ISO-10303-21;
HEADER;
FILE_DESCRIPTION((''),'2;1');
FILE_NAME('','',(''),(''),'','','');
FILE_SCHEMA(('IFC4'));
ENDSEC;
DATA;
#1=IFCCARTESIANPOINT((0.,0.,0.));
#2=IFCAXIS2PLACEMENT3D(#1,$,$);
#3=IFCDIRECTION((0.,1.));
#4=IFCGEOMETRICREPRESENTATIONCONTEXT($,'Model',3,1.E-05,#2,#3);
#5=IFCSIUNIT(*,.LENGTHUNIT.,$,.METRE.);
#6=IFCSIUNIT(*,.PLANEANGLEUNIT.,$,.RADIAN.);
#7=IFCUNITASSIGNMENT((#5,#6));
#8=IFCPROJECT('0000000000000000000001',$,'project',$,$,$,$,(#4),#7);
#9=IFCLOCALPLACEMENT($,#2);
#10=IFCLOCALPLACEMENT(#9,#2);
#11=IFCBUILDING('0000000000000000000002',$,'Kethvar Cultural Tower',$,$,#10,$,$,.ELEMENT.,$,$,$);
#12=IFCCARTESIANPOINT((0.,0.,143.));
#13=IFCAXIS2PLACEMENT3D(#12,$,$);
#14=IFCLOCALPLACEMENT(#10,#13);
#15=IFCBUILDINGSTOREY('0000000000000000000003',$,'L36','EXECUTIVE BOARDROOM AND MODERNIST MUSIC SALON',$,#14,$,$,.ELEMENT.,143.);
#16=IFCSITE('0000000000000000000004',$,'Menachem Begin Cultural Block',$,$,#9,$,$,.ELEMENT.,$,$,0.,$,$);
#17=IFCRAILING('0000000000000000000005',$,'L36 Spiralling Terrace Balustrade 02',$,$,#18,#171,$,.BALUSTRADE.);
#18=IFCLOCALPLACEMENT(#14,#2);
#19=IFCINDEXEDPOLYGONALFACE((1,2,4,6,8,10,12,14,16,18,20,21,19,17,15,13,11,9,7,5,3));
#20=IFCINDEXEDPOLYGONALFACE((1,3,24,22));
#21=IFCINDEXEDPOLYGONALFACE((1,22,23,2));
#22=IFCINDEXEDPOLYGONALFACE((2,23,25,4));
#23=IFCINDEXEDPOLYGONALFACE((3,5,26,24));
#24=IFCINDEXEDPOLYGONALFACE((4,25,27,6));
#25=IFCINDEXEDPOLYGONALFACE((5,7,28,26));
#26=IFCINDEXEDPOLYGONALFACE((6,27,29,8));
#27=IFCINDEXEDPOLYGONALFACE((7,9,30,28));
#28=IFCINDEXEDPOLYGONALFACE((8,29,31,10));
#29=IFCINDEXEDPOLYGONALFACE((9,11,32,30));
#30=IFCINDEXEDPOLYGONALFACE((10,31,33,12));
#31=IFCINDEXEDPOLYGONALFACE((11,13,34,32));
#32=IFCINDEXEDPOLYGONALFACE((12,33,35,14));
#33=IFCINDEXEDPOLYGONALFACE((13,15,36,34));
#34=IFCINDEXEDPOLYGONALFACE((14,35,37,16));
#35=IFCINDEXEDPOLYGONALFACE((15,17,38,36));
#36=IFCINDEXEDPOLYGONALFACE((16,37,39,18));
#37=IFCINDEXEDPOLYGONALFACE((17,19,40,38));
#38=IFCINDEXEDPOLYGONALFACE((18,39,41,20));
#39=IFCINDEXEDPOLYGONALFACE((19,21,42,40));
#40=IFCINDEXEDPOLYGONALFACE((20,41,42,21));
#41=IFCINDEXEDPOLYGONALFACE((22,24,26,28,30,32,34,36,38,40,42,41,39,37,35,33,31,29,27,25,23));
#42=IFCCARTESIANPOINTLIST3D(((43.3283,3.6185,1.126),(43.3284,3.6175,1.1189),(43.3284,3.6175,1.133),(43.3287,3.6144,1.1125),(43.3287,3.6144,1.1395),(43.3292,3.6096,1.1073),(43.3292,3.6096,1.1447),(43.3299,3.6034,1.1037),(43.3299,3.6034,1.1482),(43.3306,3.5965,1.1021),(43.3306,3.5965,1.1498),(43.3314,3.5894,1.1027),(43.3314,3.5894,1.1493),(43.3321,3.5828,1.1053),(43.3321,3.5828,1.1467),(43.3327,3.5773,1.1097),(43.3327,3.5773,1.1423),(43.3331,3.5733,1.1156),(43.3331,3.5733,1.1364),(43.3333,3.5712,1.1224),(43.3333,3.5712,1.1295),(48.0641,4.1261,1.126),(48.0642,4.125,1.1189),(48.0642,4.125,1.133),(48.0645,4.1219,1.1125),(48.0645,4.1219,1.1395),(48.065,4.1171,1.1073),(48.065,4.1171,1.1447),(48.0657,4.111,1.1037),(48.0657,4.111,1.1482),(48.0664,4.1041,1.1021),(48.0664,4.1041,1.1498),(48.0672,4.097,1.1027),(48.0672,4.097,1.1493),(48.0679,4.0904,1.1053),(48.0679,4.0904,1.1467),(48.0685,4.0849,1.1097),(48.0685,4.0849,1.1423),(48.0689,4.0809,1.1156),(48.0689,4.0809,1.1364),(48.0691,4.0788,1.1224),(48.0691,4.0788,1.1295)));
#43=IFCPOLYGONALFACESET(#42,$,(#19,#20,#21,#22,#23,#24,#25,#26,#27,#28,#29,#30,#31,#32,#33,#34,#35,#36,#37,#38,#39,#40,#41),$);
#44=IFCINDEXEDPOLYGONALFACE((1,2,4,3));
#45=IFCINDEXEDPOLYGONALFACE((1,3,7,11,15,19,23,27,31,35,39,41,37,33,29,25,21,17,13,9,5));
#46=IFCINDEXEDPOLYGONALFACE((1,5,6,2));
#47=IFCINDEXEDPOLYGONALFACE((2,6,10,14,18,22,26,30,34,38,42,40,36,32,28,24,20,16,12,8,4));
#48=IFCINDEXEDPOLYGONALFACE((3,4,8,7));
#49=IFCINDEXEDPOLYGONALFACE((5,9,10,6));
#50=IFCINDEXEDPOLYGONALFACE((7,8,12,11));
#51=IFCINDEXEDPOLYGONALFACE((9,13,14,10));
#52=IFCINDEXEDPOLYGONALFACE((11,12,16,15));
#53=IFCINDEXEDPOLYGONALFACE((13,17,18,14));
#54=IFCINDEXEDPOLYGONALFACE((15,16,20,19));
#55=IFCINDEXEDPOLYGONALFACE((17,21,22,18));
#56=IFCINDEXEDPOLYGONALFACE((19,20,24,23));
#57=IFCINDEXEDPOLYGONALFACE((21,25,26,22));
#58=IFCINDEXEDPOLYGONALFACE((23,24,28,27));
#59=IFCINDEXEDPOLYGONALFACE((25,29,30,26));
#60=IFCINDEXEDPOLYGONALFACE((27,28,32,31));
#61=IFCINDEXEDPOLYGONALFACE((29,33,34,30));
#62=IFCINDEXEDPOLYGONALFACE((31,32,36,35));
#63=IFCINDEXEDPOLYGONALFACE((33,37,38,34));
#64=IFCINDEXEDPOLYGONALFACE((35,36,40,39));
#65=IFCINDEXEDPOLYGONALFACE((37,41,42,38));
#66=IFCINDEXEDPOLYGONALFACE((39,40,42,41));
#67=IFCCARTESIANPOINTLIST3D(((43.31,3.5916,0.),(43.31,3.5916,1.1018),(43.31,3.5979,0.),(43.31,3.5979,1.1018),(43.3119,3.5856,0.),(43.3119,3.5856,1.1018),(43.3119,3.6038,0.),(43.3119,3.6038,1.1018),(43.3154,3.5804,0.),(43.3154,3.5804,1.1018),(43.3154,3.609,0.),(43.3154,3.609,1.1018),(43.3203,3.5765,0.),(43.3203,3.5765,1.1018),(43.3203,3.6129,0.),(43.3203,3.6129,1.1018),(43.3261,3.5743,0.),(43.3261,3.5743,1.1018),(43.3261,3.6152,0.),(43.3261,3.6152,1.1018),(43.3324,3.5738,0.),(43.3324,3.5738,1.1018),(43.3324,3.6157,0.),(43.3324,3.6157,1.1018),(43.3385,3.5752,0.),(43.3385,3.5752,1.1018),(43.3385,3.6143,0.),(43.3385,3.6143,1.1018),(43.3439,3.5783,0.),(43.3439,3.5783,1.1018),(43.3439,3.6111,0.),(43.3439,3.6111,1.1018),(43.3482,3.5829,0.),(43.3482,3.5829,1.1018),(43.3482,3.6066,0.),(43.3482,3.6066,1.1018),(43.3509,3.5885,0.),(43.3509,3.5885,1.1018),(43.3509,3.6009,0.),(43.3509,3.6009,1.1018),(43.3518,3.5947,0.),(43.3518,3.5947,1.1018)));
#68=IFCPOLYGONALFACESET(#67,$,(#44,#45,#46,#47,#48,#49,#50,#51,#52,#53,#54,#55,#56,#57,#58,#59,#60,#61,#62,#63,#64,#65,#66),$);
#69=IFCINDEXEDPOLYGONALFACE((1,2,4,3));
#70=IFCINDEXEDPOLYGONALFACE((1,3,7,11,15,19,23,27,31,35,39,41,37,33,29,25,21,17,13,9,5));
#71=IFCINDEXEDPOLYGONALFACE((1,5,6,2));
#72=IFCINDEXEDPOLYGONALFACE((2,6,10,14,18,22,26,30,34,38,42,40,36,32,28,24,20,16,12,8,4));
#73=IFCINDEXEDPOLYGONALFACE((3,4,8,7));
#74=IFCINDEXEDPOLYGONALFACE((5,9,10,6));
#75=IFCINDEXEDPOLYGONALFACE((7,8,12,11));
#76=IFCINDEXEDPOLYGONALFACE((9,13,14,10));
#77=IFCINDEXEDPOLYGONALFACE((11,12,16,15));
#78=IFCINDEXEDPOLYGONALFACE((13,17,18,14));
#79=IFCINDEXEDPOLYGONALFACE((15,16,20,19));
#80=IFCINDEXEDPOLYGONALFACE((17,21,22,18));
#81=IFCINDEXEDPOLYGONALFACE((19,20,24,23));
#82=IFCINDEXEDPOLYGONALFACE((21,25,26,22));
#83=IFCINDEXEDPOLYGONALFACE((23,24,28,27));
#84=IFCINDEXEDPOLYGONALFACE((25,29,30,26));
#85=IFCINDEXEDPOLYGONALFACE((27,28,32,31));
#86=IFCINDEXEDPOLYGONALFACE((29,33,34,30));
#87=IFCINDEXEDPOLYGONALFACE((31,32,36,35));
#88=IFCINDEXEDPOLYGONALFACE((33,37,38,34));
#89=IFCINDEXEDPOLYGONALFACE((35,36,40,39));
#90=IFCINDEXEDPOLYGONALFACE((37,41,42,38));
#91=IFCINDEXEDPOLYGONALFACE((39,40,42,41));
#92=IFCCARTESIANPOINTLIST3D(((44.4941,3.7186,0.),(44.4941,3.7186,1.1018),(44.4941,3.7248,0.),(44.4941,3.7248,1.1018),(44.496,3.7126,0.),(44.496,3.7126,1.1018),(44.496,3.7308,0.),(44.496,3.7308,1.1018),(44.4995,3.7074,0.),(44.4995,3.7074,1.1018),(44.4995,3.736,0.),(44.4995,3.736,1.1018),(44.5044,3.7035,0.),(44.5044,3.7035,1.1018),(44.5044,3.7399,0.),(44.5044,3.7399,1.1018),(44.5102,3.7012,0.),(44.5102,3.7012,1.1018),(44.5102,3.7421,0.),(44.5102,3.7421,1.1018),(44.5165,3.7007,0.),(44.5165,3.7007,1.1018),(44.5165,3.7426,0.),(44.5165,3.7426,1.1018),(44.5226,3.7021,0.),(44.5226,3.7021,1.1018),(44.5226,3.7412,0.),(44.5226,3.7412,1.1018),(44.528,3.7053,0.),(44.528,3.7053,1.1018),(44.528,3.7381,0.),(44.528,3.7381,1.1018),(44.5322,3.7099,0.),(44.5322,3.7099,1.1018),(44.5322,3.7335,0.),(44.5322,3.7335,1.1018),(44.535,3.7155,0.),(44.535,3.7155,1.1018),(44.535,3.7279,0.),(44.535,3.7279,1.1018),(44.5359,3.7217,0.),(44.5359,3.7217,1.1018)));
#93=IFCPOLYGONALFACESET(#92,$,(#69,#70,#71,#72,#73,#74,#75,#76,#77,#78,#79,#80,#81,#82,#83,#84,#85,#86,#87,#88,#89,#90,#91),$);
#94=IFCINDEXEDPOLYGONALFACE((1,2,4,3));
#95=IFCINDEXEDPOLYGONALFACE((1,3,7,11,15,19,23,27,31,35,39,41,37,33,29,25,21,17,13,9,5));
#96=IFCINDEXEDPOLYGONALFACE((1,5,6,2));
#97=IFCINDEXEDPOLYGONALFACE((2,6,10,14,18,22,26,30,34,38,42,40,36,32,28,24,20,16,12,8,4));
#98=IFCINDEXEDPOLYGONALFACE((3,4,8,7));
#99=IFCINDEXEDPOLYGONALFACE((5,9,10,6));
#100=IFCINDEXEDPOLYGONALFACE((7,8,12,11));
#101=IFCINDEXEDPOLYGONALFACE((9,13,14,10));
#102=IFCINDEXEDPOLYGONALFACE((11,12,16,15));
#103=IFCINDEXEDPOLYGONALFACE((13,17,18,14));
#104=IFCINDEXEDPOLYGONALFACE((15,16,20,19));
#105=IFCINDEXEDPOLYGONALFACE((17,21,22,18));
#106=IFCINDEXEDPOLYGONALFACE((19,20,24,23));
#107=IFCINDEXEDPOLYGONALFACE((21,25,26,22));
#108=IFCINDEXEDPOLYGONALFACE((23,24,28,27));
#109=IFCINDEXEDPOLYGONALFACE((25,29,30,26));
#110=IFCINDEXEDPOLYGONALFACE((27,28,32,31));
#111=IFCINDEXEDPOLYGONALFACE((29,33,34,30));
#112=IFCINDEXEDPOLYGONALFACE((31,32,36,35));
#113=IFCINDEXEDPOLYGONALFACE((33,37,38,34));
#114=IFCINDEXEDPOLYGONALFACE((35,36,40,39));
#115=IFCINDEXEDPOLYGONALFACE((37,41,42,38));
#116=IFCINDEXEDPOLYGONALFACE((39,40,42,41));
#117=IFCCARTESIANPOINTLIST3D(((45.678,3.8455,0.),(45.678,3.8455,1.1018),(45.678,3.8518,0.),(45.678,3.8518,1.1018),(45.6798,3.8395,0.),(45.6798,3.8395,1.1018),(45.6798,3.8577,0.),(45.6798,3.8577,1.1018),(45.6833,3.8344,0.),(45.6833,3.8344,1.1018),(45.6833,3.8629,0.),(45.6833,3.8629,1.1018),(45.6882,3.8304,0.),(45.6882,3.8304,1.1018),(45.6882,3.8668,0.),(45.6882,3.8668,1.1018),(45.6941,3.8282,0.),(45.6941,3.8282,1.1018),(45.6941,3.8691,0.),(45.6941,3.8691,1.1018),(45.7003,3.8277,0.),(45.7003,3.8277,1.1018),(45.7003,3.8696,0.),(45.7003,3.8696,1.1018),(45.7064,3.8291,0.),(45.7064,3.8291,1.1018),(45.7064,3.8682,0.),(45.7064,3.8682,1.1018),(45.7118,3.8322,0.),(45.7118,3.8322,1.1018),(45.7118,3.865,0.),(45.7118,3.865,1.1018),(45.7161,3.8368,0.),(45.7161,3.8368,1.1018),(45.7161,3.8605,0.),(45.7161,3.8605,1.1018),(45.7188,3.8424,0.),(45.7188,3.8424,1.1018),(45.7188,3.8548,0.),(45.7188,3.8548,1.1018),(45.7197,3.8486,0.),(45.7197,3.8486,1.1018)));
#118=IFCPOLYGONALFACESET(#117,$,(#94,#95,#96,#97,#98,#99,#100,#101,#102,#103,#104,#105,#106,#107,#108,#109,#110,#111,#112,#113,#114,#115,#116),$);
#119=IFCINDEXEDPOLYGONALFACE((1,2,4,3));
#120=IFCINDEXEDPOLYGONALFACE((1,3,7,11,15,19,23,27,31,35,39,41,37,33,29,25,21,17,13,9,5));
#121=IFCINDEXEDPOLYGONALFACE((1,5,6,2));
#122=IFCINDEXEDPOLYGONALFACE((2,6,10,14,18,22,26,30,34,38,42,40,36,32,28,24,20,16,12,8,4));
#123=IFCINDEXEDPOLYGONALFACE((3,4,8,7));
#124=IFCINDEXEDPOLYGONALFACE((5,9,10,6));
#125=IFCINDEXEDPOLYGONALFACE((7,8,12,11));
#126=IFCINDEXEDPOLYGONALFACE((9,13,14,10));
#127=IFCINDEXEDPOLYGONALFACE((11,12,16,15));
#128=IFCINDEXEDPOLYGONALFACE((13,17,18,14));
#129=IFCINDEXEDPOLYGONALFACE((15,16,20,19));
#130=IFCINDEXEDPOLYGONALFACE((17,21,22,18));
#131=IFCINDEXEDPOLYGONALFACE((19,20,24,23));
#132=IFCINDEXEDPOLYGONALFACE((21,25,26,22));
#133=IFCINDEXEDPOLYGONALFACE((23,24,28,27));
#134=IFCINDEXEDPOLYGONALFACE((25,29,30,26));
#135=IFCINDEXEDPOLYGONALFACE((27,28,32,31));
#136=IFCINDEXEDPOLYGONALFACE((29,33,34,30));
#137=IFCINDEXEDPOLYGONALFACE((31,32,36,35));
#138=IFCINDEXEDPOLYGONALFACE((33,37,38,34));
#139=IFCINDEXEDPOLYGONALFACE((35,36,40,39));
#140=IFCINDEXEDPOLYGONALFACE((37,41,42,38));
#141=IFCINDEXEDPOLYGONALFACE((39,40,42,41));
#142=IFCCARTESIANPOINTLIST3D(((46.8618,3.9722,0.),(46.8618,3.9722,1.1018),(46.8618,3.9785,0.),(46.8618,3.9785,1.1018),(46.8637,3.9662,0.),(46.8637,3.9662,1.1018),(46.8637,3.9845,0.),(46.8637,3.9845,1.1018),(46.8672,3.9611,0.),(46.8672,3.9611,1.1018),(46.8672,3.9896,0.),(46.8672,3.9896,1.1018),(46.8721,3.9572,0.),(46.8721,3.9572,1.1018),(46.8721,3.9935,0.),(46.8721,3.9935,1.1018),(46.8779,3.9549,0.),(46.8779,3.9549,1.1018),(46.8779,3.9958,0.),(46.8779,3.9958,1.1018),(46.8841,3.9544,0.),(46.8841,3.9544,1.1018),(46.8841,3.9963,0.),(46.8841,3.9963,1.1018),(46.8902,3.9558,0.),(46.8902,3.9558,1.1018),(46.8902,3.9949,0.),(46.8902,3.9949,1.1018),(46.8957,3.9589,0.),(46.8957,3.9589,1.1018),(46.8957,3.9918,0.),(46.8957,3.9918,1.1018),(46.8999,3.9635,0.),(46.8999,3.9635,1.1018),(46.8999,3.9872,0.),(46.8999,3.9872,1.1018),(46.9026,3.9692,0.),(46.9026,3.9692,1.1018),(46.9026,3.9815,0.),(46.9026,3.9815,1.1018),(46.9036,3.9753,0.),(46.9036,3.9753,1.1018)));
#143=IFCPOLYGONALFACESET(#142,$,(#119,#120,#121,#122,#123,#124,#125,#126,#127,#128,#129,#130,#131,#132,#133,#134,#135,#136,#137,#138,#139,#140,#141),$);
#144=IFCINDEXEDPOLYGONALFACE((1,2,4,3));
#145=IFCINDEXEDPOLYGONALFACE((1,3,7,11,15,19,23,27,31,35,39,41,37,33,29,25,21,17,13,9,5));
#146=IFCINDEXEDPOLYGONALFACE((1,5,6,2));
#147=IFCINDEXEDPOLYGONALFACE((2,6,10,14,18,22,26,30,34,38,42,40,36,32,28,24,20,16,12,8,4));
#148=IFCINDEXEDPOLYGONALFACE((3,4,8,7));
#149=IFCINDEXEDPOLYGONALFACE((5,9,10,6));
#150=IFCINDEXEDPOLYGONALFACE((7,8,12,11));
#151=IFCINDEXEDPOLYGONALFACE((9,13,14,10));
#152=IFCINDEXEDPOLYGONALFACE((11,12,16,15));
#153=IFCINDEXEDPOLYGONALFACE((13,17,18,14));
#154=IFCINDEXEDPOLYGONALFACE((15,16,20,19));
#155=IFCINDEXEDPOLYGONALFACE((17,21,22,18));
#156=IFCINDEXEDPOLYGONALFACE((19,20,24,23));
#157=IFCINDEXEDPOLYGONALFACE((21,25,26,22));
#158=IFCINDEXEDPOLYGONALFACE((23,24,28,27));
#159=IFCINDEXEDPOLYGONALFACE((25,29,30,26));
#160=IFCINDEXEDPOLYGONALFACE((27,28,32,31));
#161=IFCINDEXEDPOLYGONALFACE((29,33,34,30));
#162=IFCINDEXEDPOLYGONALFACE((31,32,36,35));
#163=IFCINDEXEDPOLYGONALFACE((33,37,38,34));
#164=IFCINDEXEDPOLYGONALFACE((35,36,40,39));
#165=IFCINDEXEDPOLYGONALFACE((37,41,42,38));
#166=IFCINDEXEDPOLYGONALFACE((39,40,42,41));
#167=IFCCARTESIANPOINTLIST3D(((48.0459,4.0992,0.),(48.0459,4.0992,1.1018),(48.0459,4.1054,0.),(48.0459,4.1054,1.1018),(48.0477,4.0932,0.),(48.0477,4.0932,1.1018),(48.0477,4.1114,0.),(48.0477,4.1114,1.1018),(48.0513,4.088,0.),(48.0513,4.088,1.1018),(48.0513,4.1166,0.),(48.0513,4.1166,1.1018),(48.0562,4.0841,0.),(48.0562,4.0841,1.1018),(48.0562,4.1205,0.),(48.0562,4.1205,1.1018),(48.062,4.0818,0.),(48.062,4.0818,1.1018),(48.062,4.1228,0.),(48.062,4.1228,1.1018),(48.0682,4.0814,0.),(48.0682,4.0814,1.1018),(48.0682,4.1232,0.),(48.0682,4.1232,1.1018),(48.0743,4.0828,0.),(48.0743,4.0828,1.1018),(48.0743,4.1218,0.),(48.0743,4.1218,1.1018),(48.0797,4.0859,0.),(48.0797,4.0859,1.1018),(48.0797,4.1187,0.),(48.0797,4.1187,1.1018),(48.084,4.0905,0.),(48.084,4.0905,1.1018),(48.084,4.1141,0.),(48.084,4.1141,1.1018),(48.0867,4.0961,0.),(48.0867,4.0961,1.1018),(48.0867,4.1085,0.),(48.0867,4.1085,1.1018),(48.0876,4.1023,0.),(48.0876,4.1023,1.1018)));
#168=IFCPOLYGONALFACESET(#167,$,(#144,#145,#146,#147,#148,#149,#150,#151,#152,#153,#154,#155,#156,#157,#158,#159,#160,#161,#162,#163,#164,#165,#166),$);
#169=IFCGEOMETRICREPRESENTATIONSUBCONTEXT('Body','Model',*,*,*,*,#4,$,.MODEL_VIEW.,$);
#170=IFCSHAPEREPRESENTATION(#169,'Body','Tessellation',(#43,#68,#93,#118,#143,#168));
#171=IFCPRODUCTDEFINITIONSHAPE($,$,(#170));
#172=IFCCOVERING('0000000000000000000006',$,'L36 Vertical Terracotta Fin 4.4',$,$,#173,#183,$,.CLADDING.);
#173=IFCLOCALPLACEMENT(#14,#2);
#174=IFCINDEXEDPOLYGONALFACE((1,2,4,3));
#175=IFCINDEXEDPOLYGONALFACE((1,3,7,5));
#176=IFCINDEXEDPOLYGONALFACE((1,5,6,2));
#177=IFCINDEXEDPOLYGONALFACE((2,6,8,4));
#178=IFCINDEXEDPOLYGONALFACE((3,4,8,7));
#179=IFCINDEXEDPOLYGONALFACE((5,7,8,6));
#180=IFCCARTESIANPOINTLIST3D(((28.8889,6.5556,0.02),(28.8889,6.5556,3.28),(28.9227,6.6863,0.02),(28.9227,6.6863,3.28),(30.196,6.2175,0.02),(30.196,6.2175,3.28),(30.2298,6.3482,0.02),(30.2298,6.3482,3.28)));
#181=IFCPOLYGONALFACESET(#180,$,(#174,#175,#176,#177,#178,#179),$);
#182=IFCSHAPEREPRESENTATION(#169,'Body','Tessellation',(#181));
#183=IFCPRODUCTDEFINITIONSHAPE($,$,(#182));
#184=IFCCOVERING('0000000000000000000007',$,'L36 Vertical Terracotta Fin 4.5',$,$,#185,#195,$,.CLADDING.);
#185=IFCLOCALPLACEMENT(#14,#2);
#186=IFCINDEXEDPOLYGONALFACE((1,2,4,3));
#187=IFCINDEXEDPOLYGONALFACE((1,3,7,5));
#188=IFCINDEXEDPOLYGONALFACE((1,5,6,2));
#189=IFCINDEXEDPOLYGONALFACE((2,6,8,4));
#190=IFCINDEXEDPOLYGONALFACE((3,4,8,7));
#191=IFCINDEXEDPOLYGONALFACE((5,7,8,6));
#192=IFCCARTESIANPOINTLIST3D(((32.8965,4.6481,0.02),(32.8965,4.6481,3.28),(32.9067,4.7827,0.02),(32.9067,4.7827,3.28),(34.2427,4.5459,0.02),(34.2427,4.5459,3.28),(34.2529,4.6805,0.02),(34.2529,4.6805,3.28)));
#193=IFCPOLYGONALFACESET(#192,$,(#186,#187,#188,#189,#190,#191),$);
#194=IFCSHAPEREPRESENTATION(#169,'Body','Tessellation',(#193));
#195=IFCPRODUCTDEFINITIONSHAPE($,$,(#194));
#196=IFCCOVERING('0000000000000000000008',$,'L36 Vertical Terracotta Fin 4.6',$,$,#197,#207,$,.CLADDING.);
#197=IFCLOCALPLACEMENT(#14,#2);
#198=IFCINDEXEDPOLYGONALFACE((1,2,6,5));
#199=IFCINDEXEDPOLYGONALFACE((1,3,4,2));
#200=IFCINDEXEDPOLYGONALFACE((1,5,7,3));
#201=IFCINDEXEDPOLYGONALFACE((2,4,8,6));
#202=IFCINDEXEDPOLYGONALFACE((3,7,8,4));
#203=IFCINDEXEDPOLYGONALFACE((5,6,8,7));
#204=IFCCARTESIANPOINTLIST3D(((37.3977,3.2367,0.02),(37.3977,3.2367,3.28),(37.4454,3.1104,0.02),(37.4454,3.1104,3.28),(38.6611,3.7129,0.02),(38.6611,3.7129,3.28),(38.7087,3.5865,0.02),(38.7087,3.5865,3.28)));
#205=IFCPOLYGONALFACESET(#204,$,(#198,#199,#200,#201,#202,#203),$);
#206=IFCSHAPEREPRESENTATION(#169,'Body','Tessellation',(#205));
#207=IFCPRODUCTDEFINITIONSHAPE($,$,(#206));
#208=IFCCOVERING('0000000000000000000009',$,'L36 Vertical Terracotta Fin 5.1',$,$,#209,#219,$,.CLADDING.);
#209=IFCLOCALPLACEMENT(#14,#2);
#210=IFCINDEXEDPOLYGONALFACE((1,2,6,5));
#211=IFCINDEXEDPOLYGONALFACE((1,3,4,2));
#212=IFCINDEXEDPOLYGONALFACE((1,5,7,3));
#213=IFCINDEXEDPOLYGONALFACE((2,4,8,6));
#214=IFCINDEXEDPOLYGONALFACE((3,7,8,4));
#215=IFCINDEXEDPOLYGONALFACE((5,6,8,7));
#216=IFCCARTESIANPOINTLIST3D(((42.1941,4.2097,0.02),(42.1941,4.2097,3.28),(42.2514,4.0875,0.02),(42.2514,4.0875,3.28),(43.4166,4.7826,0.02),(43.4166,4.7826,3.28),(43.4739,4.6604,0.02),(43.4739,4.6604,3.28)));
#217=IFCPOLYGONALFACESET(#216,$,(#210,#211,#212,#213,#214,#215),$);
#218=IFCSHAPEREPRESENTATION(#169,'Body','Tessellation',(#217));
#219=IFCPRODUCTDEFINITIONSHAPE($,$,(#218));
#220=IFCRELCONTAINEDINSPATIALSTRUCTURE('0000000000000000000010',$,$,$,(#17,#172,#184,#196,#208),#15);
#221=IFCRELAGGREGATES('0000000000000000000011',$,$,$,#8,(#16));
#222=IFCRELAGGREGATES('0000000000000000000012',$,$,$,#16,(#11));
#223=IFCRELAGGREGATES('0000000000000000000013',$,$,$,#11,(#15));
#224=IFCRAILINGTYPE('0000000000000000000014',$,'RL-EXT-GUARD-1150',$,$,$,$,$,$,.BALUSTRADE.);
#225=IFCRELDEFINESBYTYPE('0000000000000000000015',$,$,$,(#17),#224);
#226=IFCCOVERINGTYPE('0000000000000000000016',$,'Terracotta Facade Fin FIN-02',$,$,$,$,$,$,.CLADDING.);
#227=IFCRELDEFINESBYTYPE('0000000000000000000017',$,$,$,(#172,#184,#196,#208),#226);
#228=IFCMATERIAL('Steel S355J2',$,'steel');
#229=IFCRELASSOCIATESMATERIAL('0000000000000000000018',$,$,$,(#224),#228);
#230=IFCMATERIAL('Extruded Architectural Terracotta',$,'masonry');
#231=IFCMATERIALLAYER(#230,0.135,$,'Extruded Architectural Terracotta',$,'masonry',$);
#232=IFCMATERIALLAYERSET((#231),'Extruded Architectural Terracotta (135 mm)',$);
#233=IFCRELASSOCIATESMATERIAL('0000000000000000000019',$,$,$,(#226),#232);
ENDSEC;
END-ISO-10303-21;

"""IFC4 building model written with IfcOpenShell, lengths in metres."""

from ifc_helpers import new_model, si_unit, direction, frame, origin, origin_2d, place, context, subcontext, project, spatial, rectangle, circle, extrude, source, transform, mapped, material, layer, layer_set, type_object, element, save


model = new_model("IFC4")

# Units and contexts
model_context = context("Model", 3, precision=1e-05, world=origin(), true_north=direction((0.0, 1.0)))
body_context = subcontext(model_context, "Body", "Model", "MODEL_VIEW")
ifc_project = project(units=[si_unit("LENGTHUNIT", "METRE"), si_unit("PLANEANGLEUNIT", "RADIAN")], contexts=[model_context])

# Site, building, storey
site_placement = place(None, origin())
site = spatial("IfcSite", under=ifc_project, at=site_placement, Name="Menachem Begin Cultural Block", CompositionType="ELEMENT", RefElevation=0.0)
building_placement = place(site_placement, origin())
building = spatial("IfcBuilding", under=site, at=building_placement, Name="Kethvar Cultural Tower", CompositionType="ELEMENT")
storey_placement = place(building_placement, frame((0.0, 0.0, 143.0)))
storey = spatial("IfcBuildingStorey", under=building, at=storey_placement, Name="L36", Description="EXECUTIVE BOARDROOM AND MODERNIST MUSIC SALON", CompositionType="ELEMENT", Elevation=143.0)

# Shared definitions
ifc_material_1 = material(Name="Steel S355J2", Category="steel")

# Railing
railing_type = type_object("IfcRailingType", Name="RL-EXT-GUARD-1150", PredefinedType="BALUSTRADE", material=ifc_material_1)
railing_1_placement = place(storey_placement, frame((43.3308, 3.5947, 0.0)))
element("IfcRailing", 1, at=railing_1_placement, inside=storey, type_object=railing_type, Name="L36 Spiralling Terrace Balustrade 02", PredefinedType="BALUSTRADE", context=body_context, shape_type="SweptSolid", body=[
    extrude(circle(Radius=0.0239, at=origin_2d()), frame((0.0, 0.0, 1.126), z_axis=(0.994306, 0.106566, 0.0), x_axis=(-0.106566, 0.994306, 0.0)), (0.0, 0.0, 1.0), 4.7629),
    extrude(circle(Radius=0.021, at=origin_2d()), origin(), (0.0, 0.0, 1.0), 1.1018),
    extrude(circle(Radius=0.021, at=origin_2d()), frame((1.1841, 0.127, 0.0)), (0.0, 0.0, 1.0), 1.1018),
    extrude(circle(Radius=0.021, at=origin_2d()), frame((2.3679, 0.2539, 0.0)), (0.0, 0.0, 1.0), 1.1018),
    extrude(circle(Radius=0.021, at=origin_2d()), frame((3.5518, 0.3806, 0.0)), (0.0, 0.0, 1.0), 1.1018),
    extrude(circle(Radius=0.021, at=origin_2d()), frame((4.7358, 0.5076, 0.0)), (0.0, 0.0, 1.0), 1.1018),
])

# Coverings
ifc_material_2 = material(Name="Extruded Architectural Terracotta", Category="masonry")
ifc_layer_1 = layer(ifc_material_2, 0.135, Name="Extruded Architectural Terracotta", Category="masonry")
ifc_layer_set_1 = layer_set([ifc_layer_1], Name="Extruded Architectural Terracotta (135 mm)")
covering_type = type_object("IfcCoveringType", Name="Terracotta Facade Fin FIN-02", PredefinedType="CLADDING", material=ifc_layer_set_1)
shared_shape_1 = source(origin(), body_context, "Body", "SweptSolid", [
    extrude(rectangle(XDim=1.3501, YDim=0.135, at=origin_2d()), origin(), (0.0, 0.0, 1.0), 3.26),
])
for number, where, z_axis, x_axis, name in (
    (2, (29.5593, 6.4519, 0.02), (0.0, 0.0, 1.0), (-0.968148, 0.25038, 0.0), "L36 Vertical Terracotta Fin 4.4"),
    (3, (33.5747, 4.6643, 0.02), (0.0, 0.0, 1.0), (-0.997133, 0.075675, 0.0), "L36 Vertical Terracotta Fin 4.5"),
    (4, (38.0532, 3.4116, 0.02), (0.0, 0.0, 1.0), (-0.935752, -0.352658, 0.0), "L36 Vertical Terracotta Fin 4.6"),
    (5, (42.834, 4.4351, 0.02), (0.0, 0.0, 1.0), (-0.905495, -0.424357, 0.0), "L36 Vertical Terracotta Fin 5.1"),
):
    element("IfcCovering", number, at=place(storey_placement, frame(where, z_axis=z_axis, x_axis=x_axis)), inside=storey, type_object=covering_type, Name=name, PredefinedType="CLADDING", context=body_context, shape_type="MappedRepresentation", body=[
        mapped(shared_shape_1, transform((0.0, 0.0, 0.0), scale=1.0)),
    ])

save(model, "model.ifc")
